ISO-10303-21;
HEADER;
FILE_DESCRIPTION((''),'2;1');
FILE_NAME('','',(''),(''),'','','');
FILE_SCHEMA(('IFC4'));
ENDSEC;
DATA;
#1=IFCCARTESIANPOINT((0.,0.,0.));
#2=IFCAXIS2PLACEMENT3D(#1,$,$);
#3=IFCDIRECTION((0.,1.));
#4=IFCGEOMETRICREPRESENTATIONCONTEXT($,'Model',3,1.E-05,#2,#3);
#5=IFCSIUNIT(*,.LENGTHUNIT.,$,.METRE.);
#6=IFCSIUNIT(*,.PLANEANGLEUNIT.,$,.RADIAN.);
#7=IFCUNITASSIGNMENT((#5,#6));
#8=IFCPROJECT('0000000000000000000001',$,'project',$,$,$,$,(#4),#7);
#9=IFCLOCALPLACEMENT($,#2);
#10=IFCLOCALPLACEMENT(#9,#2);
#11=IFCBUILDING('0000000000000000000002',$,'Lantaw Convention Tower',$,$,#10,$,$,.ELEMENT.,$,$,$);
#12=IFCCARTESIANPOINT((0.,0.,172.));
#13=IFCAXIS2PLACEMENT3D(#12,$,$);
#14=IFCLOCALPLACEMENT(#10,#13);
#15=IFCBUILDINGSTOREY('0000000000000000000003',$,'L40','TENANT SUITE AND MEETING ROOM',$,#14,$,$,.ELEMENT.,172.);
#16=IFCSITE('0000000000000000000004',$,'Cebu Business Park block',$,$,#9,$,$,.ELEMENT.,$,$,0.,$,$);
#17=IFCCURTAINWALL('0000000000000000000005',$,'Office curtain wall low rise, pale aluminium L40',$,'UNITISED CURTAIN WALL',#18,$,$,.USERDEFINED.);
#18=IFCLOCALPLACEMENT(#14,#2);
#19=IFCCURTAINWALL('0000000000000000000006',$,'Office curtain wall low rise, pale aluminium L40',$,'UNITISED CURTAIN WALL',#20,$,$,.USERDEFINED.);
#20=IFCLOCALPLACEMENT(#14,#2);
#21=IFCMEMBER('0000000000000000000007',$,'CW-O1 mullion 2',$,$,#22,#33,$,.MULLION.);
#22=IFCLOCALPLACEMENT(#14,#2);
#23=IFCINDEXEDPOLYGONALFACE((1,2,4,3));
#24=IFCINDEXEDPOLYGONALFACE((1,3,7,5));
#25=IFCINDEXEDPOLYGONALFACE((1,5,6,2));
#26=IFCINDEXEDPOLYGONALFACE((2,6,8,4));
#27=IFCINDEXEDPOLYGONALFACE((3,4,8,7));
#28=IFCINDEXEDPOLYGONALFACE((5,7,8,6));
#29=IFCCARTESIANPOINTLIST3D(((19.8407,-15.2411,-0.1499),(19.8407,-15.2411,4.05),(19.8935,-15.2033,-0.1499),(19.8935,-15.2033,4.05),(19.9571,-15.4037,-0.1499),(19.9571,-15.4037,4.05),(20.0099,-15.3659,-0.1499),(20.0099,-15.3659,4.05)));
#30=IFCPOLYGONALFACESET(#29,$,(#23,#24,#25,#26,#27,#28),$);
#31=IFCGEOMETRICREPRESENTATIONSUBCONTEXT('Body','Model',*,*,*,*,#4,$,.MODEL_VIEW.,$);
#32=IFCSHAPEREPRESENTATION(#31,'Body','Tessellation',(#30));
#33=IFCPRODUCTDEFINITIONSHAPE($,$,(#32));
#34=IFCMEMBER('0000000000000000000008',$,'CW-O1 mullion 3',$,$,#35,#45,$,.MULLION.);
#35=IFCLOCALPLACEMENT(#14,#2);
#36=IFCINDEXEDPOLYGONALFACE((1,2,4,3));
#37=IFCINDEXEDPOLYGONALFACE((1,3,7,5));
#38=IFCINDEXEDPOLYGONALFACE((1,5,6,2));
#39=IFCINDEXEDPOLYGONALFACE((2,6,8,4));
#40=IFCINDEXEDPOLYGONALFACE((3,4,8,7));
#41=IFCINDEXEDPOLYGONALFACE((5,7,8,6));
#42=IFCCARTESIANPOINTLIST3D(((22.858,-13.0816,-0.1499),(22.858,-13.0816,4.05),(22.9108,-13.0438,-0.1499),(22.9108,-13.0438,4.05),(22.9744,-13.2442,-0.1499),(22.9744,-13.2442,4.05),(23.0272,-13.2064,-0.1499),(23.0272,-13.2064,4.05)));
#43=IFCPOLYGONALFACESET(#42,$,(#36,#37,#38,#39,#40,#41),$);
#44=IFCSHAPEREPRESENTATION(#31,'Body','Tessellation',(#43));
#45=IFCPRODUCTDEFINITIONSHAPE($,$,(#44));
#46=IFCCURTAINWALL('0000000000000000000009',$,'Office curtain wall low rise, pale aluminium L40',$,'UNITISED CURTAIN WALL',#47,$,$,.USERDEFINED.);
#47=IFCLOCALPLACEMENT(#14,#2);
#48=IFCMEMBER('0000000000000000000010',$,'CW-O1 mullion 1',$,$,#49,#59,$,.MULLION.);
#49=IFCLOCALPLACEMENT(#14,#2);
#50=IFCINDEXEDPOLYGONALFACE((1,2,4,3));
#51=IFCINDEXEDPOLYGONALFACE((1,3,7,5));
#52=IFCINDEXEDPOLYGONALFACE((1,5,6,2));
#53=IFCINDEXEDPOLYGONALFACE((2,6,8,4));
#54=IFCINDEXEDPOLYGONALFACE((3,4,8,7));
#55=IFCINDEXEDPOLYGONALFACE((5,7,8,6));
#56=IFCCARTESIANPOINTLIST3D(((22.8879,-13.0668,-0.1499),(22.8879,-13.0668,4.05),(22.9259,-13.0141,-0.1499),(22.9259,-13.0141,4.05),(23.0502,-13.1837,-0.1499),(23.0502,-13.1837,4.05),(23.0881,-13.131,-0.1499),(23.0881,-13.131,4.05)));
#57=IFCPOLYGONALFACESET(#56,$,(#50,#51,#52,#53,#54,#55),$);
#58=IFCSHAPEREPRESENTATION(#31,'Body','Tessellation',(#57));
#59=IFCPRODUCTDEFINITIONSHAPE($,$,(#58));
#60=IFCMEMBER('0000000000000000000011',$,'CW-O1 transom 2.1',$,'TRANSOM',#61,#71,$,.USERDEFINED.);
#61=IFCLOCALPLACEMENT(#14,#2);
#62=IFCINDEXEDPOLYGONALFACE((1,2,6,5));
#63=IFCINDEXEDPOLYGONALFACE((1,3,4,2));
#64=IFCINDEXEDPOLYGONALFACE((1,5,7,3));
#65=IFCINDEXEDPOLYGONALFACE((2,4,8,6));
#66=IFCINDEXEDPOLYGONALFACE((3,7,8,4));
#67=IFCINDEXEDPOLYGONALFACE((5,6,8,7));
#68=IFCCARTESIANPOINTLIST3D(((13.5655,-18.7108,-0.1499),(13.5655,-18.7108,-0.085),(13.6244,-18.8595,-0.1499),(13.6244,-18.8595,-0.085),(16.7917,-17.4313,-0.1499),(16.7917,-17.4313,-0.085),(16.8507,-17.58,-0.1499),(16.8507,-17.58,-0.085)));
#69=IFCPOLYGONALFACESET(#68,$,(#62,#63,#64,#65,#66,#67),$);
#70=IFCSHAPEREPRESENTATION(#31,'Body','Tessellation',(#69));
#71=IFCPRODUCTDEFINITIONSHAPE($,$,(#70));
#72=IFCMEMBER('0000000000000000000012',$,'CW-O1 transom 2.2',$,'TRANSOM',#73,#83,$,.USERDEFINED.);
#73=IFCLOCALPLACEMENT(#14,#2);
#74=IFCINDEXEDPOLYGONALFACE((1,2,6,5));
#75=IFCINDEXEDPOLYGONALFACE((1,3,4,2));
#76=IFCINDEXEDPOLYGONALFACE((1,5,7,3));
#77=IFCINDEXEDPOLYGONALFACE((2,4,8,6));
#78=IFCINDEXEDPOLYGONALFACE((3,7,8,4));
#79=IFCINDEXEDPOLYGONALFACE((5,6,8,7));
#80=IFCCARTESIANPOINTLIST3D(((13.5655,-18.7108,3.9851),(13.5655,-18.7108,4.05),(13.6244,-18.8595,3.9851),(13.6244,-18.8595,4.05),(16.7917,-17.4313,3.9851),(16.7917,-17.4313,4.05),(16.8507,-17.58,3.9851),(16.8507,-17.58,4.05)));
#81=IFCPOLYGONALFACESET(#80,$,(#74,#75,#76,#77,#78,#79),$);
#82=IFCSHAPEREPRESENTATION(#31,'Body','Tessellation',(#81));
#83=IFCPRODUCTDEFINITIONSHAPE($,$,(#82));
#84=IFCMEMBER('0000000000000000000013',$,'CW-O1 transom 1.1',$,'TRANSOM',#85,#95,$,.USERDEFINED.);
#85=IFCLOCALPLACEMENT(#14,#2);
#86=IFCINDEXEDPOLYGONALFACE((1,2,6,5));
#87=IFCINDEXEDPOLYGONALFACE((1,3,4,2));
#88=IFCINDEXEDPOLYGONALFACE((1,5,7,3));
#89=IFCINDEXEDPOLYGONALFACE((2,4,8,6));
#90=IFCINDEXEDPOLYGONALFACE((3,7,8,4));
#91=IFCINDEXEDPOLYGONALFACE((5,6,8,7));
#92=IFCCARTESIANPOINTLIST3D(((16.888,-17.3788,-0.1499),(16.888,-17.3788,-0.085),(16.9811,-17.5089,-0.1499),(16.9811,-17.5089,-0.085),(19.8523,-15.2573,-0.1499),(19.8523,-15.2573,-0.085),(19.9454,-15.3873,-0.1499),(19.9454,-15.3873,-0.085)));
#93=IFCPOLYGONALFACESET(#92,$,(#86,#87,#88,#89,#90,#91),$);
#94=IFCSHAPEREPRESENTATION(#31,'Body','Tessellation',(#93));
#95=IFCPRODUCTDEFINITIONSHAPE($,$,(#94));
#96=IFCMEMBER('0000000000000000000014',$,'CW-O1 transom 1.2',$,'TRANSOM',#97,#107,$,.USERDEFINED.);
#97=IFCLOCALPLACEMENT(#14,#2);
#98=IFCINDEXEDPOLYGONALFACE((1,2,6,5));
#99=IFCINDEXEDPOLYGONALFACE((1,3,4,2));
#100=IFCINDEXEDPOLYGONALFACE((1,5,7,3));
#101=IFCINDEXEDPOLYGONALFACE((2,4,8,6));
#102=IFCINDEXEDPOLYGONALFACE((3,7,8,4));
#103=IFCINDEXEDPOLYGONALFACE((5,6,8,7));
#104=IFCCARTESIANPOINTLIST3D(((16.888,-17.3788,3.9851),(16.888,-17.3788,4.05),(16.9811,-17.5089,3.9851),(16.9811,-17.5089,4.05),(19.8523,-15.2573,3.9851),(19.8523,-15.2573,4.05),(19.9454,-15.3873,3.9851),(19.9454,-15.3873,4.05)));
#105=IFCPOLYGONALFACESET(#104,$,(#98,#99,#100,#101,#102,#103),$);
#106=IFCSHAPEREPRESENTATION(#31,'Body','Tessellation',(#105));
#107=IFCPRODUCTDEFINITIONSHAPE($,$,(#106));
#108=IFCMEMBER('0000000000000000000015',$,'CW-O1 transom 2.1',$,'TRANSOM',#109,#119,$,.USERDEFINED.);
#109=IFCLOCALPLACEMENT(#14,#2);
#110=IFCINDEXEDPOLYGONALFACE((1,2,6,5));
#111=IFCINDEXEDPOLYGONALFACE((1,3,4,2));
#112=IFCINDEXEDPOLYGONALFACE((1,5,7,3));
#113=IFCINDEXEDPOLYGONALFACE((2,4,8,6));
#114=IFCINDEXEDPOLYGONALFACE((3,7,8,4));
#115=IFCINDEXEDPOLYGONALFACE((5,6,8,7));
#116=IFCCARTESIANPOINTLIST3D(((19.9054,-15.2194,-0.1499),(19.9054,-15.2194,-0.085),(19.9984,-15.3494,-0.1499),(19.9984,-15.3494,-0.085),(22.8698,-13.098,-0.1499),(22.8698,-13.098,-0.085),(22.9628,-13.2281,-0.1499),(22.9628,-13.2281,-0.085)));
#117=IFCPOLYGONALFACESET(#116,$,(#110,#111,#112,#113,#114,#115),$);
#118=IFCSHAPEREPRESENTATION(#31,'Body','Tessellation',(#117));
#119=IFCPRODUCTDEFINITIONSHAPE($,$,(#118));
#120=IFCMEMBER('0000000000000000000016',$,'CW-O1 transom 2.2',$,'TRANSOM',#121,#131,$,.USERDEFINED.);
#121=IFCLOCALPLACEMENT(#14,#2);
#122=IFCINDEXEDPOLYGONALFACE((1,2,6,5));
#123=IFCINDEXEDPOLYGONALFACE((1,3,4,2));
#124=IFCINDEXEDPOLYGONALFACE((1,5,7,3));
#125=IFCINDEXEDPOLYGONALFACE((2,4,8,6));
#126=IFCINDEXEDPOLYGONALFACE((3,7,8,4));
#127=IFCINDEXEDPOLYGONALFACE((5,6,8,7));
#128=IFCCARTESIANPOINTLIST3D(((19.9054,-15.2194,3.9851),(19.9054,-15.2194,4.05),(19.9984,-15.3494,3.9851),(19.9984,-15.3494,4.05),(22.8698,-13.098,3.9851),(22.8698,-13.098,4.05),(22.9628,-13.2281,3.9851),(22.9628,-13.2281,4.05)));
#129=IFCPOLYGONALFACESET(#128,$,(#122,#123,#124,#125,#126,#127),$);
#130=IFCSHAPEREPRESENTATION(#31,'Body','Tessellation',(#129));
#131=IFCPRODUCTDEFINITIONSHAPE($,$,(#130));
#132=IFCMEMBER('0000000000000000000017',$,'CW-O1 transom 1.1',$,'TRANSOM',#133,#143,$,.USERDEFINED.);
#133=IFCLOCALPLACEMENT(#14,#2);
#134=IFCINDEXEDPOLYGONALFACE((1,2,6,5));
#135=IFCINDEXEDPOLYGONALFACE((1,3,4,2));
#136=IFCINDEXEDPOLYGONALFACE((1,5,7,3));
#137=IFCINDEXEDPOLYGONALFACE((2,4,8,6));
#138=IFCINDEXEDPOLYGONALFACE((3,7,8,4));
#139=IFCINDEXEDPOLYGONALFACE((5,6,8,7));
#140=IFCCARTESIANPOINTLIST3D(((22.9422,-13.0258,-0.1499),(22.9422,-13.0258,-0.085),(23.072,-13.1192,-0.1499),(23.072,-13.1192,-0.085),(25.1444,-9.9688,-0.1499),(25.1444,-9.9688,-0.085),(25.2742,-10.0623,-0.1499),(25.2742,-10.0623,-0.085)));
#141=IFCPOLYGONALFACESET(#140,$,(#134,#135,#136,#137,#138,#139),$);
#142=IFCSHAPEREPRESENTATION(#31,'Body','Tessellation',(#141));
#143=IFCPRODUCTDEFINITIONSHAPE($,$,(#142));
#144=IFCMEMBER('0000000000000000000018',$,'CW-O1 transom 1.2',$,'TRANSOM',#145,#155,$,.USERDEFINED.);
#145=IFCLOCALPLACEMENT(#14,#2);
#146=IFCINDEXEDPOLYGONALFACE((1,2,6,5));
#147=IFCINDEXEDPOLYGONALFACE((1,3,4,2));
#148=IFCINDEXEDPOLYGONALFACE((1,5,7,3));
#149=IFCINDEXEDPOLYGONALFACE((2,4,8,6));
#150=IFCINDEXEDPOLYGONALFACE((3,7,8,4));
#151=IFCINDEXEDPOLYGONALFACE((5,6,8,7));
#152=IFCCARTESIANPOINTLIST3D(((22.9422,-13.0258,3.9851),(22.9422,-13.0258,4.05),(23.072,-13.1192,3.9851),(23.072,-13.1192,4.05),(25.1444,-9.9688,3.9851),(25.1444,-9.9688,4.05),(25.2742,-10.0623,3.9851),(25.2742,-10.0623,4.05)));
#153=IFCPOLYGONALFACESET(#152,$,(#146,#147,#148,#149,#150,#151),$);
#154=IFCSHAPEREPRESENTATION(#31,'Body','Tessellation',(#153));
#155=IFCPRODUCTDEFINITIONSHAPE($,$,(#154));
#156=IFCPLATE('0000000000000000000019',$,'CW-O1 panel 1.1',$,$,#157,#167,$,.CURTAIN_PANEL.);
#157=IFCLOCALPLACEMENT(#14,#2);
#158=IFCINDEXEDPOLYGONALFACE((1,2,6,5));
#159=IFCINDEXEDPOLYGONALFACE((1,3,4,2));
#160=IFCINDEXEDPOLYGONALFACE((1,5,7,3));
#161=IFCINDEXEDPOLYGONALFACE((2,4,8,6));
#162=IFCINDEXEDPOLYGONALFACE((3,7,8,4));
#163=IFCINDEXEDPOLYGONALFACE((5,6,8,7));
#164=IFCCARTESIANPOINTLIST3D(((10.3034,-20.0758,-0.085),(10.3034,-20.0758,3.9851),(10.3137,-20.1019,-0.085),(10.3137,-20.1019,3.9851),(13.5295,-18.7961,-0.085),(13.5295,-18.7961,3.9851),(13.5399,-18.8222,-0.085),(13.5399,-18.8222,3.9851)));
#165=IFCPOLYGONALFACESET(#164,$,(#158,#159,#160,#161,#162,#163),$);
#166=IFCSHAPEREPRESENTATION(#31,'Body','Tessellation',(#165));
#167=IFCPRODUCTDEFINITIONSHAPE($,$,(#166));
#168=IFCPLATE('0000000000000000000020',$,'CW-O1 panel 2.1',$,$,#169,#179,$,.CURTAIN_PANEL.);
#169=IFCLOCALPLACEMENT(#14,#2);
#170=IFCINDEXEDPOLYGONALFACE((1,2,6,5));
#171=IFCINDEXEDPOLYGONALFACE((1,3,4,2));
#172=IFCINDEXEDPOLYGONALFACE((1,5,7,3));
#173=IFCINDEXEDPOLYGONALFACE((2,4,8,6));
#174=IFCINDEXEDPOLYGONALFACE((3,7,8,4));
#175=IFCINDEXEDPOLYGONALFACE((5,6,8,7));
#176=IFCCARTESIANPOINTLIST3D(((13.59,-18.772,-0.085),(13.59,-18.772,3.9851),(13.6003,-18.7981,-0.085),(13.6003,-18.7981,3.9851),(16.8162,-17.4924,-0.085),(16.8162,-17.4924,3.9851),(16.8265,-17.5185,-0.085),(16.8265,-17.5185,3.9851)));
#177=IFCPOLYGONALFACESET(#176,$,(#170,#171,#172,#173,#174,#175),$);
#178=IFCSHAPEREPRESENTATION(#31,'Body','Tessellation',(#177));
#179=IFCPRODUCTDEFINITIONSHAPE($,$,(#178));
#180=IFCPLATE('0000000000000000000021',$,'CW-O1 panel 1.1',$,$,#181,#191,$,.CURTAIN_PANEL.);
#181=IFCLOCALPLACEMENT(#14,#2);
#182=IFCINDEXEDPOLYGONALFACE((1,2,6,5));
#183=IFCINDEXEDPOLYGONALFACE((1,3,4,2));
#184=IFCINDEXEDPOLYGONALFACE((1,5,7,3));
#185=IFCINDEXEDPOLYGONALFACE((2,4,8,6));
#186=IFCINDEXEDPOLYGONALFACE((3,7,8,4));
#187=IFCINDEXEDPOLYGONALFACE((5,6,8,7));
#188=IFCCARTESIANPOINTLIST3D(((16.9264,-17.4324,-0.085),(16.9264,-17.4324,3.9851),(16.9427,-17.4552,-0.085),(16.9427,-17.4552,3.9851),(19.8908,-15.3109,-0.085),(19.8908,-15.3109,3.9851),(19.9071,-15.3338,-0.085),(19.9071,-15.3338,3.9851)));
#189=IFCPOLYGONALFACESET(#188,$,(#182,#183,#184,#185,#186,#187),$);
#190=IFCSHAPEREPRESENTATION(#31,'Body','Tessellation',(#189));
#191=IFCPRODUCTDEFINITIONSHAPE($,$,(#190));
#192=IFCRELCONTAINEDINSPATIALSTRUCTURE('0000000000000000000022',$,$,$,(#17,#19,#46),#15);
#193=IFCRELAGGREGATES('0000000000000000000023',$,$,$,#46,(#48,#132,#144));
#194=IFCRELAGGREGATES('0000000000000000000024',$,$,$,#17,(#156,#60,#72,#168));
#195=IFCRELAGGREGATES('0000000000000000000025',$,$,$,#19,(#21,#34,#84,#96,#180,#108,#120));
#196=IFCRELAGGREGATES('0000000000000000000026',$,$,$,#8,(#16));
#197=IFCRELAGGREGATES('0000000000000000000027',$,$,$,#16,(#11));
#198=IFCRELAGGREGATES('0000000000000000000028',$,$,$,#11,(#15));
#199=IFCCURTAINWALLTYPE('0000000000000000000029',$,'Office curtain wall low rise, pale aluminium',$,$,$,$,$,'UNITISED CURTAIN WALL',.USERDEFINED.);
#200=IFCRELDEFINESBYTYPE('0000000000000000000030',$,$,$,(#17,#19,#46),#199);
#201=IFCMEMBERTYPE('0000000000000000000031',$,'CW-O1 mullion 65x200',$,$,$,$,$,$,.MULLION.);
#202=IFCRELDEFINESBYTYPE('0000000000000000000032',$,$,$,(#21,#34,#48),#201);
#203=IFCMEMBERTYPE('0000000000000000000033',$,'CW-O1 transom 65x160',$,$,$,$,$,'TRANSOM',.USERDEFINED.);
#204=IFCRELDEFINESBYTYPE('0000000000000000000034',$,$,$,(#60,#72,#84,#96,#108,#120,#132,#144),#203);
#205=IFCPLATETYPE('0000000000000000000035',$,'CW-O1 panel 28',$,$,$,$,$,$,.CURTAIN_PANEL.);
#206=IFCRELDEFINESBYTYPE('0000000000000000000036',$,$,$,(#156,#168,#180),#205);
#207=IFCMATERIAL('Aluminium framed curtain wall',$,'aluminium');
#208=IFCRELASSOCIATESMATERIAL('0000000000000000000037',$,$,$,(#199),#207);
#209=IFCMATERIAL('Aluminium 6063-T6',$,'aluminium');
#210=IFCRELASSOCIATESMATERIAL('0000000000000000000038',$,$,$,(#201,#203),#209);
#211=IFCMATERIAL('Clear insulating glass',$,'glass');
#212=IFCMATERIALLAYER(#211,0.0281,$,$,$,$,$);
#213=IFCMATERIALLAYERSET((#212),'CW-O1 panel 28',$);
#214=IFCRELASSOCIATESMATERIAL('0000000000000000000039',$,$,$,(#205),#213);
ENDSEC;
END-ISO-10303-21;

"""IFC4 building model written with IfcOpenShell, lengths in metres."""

from ifc_helpers import new_model, si_unit, direction, frame, origin, origin_2d, place, context, subcontext, project, spatial, rectangle, extrude, material, layer, layer_set, material_profile, profile_set, type_object, element, aggregate, save


model = new_model("IFC4")

# Units and contexts
model_context = context("Model", 3, precision=1e-05, world=origin(), true_north=direction((0.0, 1.0)))
body_context = subcontext(model_context, "Body", "Model", "MODEL_VIEW")
ifc_project = project(units=[si_unit("LENGTHUNIT", "METRE"), si_unit("PLANEANGLEUNIT", "RADIAN")], contexts=[model_context])

# Site, building, storey
site_placement = place(None, origin())
site = spatial("IfcSite", under=ifc_project, at=site_placement, Name="Cebu Business Park block", CompositionType="ELEMENT", RefElevation=0.0)
building_placement = place(site_placement, origin())
building = spatial("IfcBuilding", under=site, at=building_placement, Name="Lantaw Convention Tower", CompositionType="ELEMENT")
storey_placement = place(building_placement, frame((0.0, 0.0, 172.0)))
storey = spatial("IfcBuildingStorey", under=building, at=storey_placement, Name="L40", Description="TENANT SUITE AND MEETING ROOM", CompositionType="ELEMENT", Elevation=172.0)

# Curtain walls, members
ifc_material_1 = material(Name="Aluminium framed curtain wall", Category="aluminium")
curtain_wall_type = type_object("IfcCurtainWallType", Name="Office curtain wall low rise, pale aluminium", ElementType="UNITISED CURTAIN WALL", PredefinedType="USERDEFINED", material=ifc_material_1)
curtain_wall_1_placement = place(storey_placement, origin())
curtain_wall_1 = element("IfcCurtainWall", 1, at=curtain_wall_1_placement, inside=storey, type_object=curtain_wall_type, Name="Office curtain wall low rise, pale aluminium L40", ObjectType="UNITISED CURTAIN WALL", PredefinedType="USERDEFINED")
ifc_material_2 = material(Name="Aluminium 6063-T6", Category="aluminium")
ifc_material_profile_1 = material_profile(ifc_material_2, rectangle(XDim=0.2, YDim=0.0649, at=origin_2d()), Name="CW-O1 mullion 65x200")
ifc_profile_set_1 = profile_set([ifc_material_profile_1], Name="Aluminium 6063-T6")
member_type_1 = type_object("IfcMemberType", Name="CW-O1 mullion 65x200", PredefinedType="MULLION", material=ifc_profile_set_1)
curtain_wall_2_placement = place(storey_placement, origin())
curtain_wall_2 = element("IfcCurtainWall", 2, at=curtain_wall_2_placement, inside=storey, type_object=curtain_wall_type, Name="Office curtain wall low rise, pale aluminium L40", ObjectType="UNITISED CURTAIN WALL", PredefinedType="USERDEFINED")
member_1_placement = place(storey_placement, frame((19.9253, -15.3035, -0.1499), z_axis=(0.0, 0.0, 1.0), x_axis=(-0.581973, 0.813208, 0.0)))
member_1 = element("IfcMember", 3, at=member_1_placement, type_object=member_type_1, Name="CW-O1 mullion 2", PredefinedType="MULLION", context=body_context, shape_type="SweptSolid", body=[
    extrude(rectangle(XDim=0.2, YDim=0.0649, at=origin_2d()), origin(), (0.0, 0.0, 1.0), 4.2),
])
member_2_placement = place(storey_placement, frame((22.9426, -13.144, -0.1499), z_axis=(0.0, 0.0, 1.0), x_axis=(-0.581973, 0.813208, 0.0)))
member_2 = element("IfcMember", 4, at=member_2_placement, type_object=member_type_1, Name="CW-O1 mullion 3", PredefinedType="MULLION", context=body_context, shape_type="SweptSolid", body=[
    extrude(rectangle(XDim=0.2, YDim=0.0649, at=origin_2d()), origin(), (0.0, 0.0, 1.0), 4.2),
])

# Curtain wall, member
curtain_wall_3_placement = place(storey_placement, origin())
curtain_wall_3 = element("IfcCurtainWall", 5, at=curtain_wall_3_placement, inside=storey, type_object=curtain_wall_type, Name="Office curtain wall low rise, pale aluminium L40", ObjectType="UNITISED CURTAIN WALL", PredefinedType="USERDEFINED")
member_3_placement = place(storey_placement, frame((22.988, -13.0989, -0.1499), z_axis=(0.0, 0.0, 1.0), x_axis=(-0.811385, 0.584513, 0.0)))
member_3 = element("IfcMember", 6, at=member_3_placement, type_object=member_type_1, Name="CW-O1 mullion 1", PredefinedType="MULLION", context=body_context, shape_type="SweptSolid", body=[
    extrude(rectangle(XDim=0.2, YDim=0.0649, at=origin_2d()), origin(), (0.0, 0.0, 1.0), 4.2),
])

# Members
ifc_material_profile_2 = material_profile(ifc_material_2, rectangle(XDim=0.1599, YDim=0.0649, at=origin_2d()), Name="CW-O1 transom 65x160")
ifc_profile_set_2 = profile_set([ifc_material_profile_2], Name="Aluminium 6063-T6")
member_type_2 = type_object("IfcMemberType", Name="CW-O1 transom 65x160", ElementType="TRANSOM", PredefinedType="USERDEFINED", material=ifc_profile_set_2)
member_4_placement = place(storey_placement, frame((13.595, -18.7852, -0.1174), z_axis=(0.929564, 0.36866, 0.0), x_axis=(-0.36866, 0.929564, 0.0)))
member_4 = element("IfcMember", 7, at=member_4_placement, type_object=member_type_2, Name="CW-O1 transom 2.1", ObjectType="TRANSOM", PredefinedType="USERDEFINED", context=body_context, shape_type="SweptSolid", body=[
    extrude(rectangle(XDim=0.1599, YDim=0.0649, at=origin_2d()), origin(), (0.0, 0.0, 1.0), 3.4707),
])
member_5_placement = place(storey_placement, frame((13.595, -18.7852, 4.0176), z_axis=(0.929564, 0.36866, 0.0), x_axis=(-0.36866, 0.929564, 0.0)))
member_5 = element("IfcMember", 8, at=member_5_placement, type_object=member_type_2, Name="CW-O1 transom 2.2", ObjectType="TRANSOM", PredefinedType="USERDEFINED", context=body_context, shape_type="SweptSolid", body=[
    extrude(rectangle(XDim=0.1599, YDim=0.0649, at=origin_2d()), origin(), (0.0, 0.0, 1.0), 3.4707),
])
member_6_placement = place(storey_placement, frame((16.9346, -17.4438, -0.1174), z_axis=(0.81319, 0.581998, 0.0), x_axis=(-0.581998, 0.81319, 0.0)))
member_6 = element("IfcMember", 9, at=member_6_placement, type_object=member_type_2, Name="CW-O1 transom 1.1", ObjectType="TRANSOM", PredefinedType="USERDEFINED", context=body_context, shape_type="SweptSolid", body=[
    extrude(rectangle(XDim=0.1599, YDim=0.0649, at=origin_2d()), origin(), (0.0, 0.0, 1.0), 3.6453),
])
member_7_placement = place(storey_placement, frame((16.9346, -17.4438, 4.0176), z_axis=(0.81319, 0.581998, 0.0), x_axis=(-0.581998, 0.81319, 0.0)))
member_7 = element("IfcMember", 10, at=member_7_placement, type_object=member_type_2, Name="CW-O1 transom 1.2", ObjectType="TRANSOM", PredefinedType="USERDEFINED", context=body_context, shape_type="SweptSolid", body=[
    extrude(rectangle(XDim=0.1599, YDim=0.0649, at=origin_2d()), origin(), (0.0, 0.0, 1.0), 3.6453),
])
member_8_placement = place(storey_placement, frame((19.9519, -15.2844, -0.1174), z_axis=(0.813222, 0.581954, 0.0), x_axis=(-0.581954, 0.813222, 0.0)))
member_8 = element("IfcMember", 11, at=member_8_placement, type_object=member_type_2, Name="CW-O1 transom 2.1", ObjectType="TRANSOM", PredefinedType="USERDEFINED", context=body_context, shape_type="SweptSolid", body=[
    extrude(rectangle(XDim=0.1599, YDim=0.0649, at=origin_2d()), origin(), (0.0, 0.0, 1.0), 3.6453),
])
member_9_placement = place(storey_placement, frame((19.9519, -15.2844, 4.0176), z_axis=(0.813222, 0.581954, 0.0), x_axis=(-0.581954, 0.813222, 0.0)))
member_9 = element("IfcMember", 12, at=member_9_placement, type_object=member_type_2, Name="CW-O1 transom 2.2", ObjectType="TRANSOM", PredefinedType="USERDEFINED", context=body_context, shape_type="SweptSolid", body=[
    extrude(rectangle(XDim=0.1599, YDim=0.0649, at=origin_2d()), origin(), (0.0, 0.0, 1.0), 3.6453),
])
member_10_placement = place(storey_placement, frame((23.0071, -13.0725, -0.1174), z_axis=(0.584513, 0.811384, 0.0), x_axis=(-0.811384, 0.584513, 0.0)))
member_10 = element("IfcMember", 13, at=member_10_placement, type_object=member_type_2, Name="CW-O1 transom 1.1", ObjectType="TRANSOM", PredefinedType="USERDEFINED", context=body_context, shape_type="SweptSolid", body=[
    extrude(rectangle(XDim=0.1599, YDim=0.0649, at=origin_2d()), origin(), (0.0, 0.0, 1.0), 3.7676),
])
member_11_placement = place(storey_placement, frame((23.0071, -13.0725, 4.0176), z_axis=(0.584513, 0.811384, 0.0), x_axis=(-0.811384, 0.584513, 0.0)))
member_11 = element("IfcMember", 14, at=member_11_placement, type_object=member_type_2, Name="CW-O1 transom 1.2", ObjectType="TRANSOM", PredefinedType="USERDEFINED", context=body_context, shape_type="SweptSolid", body=[
    extrude(rectangle(XDim=0.1599, YDim=0.0649, at=origin_2d()), origin(), (0.0, 0.0, 1.0), 3.7676),
])
aggregate(curtain_wall_3, [member_3, member_10, member_11])

# Plates
ifc_material_3 = material(Name="Clear insulating glass", Category="glass")
ifc_layer_1 = layer(ifc_material_3, 0.0281)
ifc_layer_set_1 = layer_set([ifc_layer_1], Name="CW-O1 panel 28")
plate_type_1 = type_object("IfcPlateType", Name="CW-O1 panel 28", PredefinedType="CURTAIN_PANEL", material=ifc_layer_set_1)
plate_1_placement = place(storey_placement, frame((11.9216, -19.449, -0.085), z_axis=(0.0, 0.0, 1.0), x_axis=(0.929548, 0.368702, 0.0)))
plate_1 = element("IfcPlate", 15, at=plate_1_placement, type_object=plate_type_1, Name="CW-O1 panel 1.1", PredefinedType="CURTAIN_PANEL", context=body_context, shape_type="SweptSolid", body=[
    extrude(rectangle(XDim=3.4707, YDim=0.0281, at=origin_2d()), origin(), (0.0, 0.0, 1.0), 4.0701),
])
plate_2_placement = place(storey_placement, frame((15.2083, -18.1453, -0.085), z_axis=(0.0, 0.0, 1.0), x_axis=(0.929548, 0.368702, 0.0)))
plate_2 = element("IfcPlate", 16, at=plate_2_placement, type_object=plate_type_1, Name="CW-O1 panel 2.1", PredefinedType="CURTAIN_PANEL", context=body_context, shape_type="SweptSolid", body=[
    extrude(rectangle(XDim=3.4707, YDim=0.0281, at=origin_2d()), origin(), (0.0, 0.0, 1.0), 4.0701),
])
aggregate(curtain_wall_1, [plate_1, member_4, member_5, plate_2])
plate_3_placement = place(storey_placement, frame((18.4167, -16.3831, -0.085), z_axis=(0.0, 0.0, 1.0), x_axis=(0.813208, 0.581973, 0.0)))
plate_3 = element("IfcPlate", 17, at=plate_3_placement, type_object=plate_type_1, Name="CW-O1 panel 1.1", PredefinedType="CURTAIN_PANEL", context=body_context, shape_type="SweptSolid", body=[
    extrude(rectangle(XDim=3.6453, YDim=0.0281, at=origin_2d()), origin(), (0.0, 0.0, 1.0), 4.0701),
])
aggregate(curtain_wall_2, [member_1, member_2, member_6, member_7, plate_3, member_8, member_9])

save(model, "model.ifc")
